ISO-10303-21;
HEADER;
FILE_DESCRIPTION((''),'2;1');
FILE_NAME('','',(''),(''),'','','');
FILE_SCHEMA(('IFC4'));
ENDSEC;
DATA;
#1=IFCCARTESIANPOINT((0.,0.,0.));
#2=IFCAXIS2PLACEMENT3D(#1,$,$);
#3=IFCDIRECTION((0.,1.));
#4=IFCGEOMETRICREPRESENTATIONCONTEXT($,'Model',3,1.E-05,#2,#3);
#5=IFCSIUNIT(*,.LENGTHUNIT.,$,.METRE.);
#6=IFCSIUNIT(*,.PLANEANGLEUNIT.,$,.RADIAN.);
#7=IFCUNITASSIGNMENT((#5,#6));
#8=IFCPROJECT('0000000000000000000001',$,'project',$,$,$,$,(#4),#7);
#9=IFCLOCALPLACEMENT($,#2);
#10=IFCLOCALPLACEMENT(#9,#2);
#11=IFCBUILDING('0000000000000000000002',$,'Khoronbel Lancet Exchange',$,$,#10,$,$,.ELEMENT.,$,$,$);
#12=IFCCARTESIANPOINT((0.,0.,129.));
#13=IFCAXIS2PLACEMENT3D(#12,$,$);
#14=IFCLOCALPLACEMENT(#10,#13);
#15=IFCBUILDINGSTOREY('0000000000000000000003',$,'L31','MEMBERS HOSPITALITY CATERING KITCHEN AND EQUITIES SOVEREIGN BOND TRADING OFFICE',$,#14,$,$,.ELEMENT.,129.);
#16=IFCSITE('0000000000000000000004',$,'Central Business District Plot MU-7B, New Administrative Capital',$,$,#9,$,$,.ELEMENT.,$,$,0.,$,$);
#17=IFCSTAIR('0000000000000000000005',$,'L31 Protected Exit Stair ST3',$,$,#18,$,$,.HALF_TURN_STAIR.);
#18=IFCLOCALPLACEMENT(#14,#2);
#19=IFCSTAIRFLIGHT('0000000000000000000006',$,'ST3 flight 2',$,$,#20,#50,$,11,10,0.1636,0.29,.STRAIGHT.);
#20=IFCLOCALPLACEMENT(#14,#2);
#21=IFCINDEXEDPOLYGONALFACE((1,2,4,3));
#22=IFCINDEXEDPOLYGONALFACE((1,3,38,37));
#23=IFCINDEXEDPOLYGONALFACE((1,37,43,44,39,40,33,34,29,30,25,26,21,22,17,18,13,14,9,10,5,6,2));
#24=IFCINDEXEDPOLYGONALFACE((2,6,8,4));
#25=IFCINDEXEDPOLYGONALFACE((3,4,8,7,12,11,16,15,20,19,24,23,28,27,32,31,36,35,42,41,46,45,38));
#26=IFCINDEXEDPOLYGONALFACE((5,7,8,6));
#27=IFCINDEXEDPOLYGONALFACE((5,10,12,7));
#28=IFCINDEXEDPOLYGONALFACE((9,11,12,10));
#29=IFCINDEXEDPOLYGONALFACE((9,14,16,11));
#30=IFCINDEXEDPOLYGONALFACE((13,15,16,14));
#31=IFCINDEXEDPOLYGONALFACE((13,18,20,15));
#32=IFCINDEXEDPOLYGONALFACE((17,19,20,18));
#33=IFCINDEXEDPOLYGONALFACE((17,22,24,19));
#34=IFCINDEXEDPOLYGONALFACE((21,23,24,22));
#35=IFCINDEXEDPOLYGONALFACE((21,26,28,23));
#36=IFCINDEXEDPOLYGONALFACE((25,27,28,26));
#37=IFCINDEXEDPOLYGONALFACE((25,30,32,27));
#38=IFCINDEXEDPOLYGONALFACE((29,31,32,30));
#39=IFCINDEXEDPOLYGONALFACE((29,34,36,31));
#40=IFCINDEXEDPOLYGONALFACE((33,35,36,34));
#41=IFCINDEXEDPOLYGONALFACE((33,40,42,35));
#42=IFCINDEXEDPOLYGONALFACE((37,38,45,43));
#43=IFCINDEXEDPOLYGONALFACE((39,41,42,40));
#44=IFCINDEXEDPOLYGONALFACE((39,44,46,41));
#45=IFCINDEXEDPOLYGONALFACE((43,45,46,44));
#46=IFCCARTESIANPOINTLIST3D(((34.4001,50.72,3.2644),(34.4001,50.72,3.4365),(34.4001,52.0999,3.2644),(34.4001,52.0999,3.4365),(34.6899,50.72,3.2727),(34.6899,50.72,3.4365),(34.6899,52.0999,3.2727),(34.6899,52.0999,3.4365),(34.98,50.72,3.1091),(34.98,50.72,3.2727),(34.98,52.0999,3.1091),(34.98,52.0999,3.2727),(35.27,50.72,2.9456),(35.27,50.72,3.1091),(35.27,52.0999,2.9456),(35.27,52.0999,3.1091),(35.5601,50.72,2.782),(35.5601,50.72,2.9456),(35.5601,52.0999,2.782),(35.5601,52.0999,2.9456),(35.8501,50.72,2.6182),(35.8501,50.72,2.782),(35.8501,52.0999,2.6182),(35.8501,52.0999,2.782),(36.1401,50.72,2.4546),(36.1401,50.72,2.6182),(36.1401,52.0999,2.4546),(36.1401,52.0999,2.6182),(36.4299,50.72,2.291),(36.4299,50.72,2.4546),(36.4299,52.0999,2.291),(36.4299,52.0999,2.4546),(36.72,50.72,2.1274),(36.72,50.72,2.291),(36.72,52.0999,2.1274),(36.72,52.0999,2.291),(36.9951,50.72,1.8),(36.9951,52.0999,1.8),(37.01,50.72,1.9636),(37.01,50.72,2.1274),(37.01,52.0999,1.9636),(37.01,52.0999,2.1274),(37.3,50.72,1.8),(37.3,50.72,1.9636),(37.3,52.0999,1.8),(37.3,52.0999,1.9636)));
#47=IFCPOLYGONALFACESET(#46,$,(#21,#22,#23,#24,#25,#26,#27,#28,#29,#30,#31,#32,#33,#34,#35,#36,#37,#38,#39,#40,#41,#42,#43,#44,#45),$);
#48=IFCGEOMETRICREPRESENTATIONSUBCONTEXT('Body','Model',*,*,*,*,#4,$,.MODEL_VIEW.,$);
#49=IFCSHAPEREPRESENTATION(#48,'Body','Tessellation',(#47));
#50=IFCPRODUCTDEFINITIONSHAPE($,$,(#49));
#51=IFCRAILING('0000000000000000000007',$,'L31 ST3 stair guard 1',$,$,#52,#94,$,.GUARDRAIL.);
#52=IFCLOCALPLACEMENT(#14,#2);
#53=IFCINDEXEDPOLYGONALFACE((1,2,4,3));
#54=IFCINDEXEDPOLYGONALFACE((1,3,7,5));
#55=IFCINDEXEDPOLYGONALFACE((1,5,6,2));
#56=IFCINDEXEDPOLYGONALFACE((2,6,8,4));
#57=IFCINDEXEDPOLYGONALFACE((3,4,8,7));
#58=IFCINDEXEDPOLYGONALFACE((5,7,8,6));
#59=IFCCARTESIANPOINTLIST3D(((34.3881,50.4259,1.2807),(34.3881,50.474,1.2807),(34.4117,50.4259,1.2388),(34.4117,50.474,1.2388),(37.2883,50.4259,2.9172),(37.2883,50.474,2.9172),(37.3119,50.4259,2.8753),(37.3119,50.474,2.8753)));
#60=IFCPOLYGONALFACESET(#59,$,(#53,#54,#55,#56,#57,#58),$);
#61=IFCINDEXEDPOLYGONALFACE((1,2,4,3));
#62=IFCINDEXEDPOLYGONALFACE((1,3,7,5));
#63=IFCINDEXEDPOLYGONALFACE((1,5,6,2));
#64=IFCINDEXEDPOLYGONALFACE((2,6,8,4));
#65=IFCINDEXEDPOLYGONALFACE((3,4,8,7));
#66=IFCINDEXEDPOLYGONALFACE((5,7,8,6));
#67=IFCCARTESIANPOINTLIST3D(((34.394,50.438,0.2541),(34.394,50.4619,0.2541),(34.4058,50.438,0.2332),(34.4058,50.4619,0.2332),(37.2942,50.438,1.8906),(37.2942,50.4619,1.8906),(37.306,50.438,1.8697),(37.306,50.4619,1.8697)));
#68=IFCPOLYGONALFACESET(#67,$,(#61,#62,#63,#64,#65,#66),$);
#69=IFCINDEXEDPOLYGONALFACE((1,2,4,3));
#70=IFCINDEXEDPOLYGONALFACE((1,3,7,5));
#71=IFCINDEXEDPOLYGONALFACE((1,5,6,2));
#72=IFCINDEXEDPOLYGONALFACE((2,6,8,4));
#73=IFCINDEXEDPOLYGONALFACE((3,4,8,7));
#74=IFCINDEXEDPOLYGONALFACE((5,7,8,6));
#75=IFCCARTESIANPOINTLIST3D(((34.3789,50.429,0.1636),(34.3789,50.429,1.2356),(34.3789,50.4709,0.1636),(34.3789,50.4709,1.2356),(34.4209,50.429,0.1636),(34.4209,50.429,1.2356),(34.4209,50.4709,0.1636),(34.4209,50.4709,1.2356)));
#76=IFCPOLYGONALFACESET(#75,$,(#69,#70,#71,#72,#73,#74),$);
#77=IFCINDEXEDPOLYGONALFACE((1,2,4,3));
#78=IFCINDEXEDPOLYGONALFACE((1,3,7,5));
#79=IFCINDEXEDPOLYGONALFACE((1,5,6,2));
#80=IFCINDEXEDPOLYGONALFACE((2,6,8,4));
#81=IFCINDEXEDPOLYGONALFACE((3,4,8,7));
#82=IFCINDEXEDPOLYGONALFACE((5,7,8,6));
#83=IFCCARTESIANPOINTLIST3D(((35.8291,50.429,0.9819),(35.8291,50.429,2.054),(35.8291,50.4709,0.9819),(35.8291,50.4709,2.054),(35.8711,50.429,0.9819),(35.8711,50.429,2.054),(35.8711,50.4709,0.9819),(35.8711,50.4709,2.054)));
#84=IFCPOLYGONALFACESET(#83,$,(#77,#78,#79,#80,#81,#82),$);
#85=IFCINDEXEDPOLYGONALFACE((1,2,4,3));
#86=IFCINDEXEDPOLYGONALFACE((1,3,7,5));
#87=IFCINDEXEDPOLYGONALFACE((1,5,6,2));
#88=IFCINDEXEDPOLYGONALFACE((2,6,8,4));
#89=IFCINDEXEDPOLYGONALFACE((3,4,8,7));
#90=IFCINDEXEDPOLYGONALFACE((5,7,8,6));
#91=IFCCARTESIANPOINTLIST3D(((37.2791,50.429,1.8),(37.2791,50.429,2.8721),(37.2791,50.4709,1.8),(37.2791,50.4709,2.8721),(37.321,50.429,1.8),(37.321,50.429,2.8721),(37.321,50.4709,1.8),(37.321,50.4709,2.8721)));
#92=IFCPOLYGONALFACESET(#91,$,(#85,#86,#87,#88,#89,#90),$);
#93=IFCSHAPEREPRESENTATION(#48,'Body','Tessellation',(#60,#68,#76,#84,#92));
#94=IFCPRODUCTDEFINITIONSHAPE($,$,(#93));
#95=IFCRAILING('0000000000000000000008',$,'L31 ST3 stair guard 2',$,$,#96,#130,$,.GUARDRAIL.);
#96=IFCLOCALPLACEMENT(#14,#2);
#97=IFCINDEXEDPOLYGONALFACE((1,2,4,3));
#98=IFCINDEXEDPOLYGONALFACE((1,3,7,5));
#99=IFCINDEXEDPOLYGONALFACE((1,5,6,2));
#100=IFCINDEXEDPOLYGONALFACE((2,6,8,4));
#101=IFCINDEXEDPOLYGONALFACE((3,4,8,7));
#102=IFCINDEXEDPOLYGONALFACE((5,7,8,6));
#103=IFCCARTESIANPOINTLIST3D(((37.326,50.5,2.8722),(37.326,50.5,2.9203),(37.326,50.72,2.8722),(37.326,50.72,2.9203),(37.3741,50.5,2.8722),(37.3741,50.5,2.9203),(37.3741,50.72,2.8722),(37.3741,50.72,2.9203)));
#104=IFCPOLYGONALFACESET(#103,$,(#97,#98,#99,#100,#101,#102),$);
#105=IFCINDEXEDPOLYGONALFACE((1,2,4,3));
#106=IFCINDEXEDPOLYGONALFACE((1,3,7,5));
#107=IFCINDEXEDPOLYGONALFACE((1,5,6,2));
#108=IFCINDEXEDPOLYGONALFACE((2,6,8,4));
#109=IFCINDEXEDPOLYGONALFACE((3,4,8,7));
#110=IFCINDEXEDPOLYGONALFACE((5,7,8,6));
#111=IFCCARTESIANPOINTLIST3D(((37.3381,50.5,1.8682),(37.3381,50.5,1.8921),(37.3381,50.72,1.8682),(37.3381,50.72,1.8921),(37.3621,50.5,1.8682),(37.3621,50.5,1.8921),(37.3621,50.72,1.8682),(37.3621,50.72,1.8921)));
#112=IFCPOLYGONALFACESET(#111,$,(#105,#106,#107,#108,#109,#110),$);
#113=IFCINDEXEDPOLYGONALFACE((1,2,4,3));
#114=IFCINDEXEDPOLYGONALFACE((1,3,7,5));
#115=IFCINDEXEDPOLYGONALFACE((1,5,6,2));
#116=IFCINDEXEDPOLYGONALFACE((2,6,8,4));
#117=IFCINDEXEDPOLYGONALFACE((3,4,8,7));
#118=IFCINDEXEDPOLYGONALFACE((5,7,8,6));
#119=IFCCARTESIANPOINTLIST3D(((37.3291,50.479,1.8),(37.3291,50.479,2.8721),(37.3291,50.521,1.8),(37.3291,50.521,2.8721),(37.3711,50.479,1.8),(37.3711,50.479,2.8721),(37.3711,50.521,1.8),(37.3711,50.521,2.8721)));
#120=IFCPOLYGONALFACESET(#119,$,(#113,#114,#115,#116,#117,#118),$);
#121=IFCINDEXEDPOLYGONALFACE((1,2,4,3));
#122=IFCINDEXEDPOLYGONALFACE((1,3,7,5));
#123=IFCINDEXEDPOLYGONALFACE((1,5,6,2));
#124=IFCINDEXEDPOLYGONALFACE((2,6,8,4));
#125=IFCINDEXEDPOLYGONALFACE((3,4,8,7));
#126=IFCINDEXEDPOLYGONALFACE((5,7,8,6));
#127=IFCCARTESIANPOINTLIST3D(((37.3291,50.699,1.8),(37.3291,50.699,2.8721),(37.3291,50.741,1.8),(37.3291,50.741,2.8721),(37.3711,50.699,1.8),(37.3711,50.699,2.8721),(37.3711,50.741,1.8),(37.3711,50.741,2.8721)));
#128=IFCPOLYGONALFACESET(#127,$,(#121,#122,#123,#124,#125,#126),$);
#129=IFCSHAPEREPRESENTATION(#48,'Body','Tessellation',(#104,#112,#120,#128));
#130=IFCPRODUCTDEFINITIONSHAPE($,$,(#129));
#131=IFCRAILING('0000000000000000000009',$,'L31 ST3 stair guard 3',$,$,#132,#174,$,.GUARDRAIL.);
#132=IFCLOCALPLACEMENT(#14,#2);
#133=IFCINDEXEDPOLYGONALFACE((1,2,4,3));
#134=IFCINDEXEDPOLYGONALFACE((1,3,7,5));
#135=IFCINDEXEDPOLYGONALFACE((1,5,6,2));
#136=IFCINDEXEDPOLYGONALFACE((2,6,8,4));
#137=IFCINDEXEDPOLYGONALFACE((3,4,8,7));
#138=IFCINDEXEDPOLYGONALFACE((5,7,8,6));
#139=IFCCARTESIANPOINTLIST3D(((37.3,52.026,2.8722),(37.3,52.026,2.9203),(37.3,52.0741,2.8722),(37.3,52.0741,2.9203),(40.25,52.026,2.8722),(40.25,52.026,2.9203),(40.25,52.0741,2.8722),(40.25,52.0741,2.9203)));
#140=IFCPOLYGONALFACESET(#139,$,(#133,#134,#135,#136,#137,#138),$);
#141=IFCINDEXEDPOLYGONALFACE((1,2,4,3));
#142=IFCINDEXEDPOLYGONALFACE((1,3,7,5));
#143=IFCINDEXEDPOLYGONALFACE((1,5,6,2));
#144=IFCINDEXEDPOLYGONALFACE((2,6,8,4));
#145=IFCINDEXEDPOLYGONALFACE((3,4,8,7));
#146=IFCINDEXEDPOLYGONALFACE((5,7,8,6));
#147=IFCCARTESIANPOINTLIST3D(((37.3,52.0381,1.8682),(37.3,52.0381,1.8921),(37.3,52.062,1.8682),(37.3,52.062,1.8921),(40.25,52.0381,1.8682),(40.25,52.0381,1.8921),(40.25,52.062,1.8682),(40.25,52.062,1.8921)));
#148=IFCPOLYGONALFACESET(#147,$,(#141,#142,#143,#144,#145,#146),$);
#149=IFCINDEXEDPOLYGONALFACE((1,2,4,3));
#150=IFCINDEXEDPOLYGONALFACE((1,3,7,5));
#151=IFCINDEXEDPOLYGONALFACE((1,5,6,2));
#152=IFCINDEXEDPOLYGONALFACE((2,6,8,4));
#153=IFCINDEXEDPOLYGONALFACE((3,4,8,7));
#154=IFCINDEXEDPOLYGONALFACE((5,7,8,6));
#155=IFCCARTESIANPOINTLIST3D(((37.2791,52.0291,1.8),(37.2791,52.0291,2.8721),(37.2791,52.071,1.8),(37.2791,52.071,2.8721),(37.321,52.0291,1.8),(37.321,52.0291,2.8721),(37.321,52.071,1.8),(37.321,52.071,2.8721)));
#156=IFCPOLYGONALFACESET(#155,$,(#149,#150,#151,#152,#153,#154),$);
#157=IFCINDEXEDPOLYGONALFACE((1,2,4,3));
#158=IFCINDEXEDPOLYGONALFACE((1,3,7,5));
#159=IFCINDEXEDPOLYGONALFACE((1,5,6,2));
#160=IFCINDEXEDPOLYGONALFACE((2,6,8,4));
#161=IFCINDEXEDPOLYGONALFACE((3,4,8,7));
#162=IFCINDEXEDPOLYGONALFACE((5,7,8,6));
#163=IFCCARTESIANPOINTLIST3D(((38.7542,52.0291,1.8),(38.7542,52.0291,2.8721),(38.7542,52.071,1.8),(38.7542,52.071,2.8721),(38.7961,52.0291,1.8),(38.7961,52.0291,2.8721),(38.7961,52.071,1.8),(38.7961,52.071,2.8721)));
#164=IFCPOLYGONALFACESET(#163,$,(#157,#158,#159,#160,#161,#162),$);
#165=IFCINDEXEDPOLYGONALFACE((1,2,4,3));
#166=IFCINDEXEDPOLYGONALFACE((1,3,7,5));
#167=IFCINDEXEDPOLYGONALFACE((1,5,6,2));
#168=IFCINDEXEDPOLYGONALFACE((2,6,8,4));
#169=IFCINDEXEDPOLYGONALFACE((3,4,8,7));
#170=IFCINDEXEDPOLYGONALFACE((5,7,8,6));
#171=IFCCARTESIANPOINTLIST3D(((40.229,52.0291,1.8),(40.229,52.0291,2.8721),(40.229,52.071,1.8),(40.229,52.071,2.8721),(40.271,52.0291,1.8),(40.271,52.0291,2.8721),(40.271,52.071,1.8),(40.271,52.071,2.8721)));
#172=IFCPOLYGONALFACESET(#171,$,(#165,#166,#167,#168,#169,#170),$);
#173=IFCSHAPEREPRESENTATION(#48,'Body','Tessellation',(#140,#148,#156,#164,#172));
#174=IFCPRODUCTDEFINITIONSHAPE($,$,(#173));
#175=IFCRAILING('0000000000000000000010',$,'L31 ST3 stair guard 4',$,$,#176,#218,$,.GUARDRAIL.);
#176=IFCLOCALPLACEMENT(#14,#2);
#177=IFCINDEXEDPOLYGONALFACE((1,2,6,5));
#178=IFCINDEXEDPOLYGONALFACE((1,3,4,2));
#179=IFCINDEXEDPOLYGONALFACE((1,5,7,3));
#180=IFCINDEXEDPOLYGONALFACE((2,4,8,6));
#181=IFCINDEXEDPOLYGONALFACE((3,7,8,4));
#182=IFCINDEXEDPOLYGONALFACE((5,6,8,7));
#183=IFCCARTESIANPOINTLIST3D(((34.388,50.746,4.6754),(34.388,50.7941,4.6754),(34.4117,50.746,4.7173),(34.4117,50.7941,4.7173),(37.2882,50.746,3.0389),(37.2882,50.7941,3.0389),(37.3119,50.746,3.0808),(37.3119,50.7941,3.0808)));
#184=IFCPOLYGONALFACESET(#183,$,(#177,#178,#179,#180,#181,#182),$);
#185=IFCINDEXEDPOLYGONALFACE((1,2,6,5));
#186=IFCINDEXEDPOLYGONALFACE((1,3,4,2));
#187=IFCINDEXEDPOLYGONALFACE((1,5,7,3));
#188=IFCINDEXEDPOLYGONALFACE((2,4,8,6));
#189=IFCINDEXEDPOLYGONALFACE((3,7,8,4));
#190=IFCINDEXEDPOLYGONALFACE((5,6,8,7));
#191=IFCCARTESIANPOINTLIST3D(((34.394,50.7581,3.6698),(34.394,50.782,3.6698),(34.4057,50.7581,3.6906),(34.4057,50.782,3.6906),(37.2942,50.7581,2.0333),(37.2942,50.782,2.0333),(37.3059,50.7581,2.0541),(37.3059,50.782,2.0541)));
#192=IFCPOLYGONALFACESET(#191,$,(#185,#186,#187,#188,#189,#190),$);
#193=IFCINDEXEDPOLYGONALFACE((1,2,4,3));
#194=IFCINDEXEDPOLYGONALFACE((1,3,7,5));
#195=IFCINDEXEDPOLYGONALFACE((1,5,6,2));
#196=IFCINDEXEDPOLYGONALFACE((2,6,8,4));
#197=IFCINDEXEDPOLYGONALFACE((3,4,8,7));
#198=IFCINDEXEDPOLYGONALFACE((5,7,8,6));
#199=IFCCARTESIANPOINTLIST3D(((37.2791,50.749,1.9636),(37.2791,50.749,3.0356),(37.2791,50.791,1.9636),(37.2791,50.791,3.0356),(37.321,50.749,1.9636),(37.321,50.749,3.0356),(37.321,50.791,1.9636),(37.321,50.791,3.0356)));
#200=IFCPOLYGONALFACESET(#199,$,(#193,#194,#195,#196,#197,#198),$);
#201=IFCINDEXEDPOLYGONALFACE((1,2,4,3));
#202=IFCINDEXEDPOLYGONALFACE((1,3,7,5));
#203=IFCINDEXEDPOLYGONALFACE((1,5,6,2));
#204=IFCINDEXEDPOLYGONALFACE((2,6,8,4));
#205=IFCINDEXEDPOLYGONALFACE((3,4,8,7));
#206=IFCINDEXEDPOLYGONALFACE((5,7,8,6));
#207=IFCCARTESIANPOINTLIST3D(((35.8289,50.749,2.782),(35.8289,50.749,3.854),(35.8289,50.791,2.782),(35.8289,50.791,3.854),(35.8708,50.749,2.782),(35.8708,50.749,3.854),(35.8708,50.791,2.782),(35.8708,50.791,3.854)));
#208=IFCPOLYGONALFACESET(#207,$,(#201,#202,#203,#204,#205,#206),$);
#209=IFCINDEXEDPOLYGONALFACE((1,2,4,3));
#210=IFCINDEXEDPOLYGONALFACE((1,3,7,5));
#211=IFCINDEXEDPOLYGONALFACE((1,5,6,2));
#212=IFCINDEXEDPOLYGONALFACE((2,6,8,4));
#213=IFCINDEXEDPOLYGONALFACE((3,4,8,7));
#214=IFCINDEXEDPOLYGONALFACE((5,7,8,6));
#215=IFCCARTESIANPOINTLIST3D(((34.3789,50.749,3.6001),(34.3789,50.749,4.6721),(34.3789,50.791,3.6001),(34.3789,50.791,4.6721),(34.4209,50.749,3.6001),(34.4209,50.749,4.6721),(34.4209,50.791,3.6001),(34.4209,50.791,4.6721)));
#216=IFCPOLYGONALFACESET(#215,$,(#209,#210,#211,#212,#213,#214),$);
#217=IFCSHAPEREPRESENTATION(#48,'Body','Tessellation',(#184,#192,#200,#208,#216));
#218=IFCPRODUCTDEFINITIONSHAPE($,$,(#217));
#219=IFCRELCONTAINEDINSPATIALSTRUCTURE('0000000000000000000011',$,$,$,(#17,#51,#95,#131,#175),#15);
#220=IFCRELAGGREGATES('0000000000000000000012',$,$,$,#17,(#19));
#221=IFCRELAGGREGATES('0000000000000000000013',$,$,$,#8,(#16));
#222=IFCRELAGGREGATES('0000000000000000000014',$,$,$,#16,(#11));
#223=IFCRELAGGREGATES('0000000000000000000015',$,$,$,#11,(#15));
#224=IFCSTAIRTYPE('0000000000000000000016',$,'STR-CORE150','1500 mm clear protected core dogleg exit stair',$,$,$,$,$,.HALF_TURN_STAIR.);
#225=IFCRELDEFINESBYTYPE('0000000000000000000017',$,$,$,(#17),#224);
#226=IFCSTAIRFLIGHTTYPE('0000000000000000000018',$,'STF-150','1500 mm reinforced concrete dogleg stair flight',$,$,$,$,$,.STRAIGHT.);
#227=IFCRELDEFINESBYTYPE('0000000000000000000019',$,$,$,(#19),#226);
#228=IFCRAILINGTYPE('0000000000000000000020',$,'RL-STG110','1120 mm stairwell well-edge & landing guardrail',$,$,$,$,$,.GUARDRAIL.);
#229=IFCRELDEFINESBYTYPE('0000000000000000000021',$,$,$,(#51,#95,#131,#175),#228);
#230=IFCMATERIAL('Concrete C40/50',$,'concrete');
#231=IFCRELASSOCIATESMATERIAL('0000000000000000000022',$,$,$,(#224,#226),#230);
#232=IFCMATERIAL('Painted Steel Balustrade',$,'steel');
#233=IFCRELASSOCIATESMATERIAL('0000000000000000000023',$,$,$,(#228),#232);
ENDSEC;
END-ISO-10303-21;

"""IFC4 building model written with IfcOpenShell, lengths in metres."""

from ifc_helpers import new_model, si_unit, direction, frame, origin, origin_2d, place, context, subcontext, project, spatial, polyline, rectangle, outline, extrude, material, type_object, element, aggregate, save


model = new_model("IFC4")

# Units and contexts
model_context = context("Model", 3, precision=1e-05, world=origin(), true_north=direction((0.0, 1.0)))
body_context = subcontext(model_context, "Body", "Model", "MODEL_VIEW")
ifc_project = project(units=[si_unit("LENGTHUNIT", "METRE"), si_unit("PLANEANGLEUNIT", "RADIAN")], contexts=[model_context])

# Site, building, storey
site_placement = place(None, origin())
site = spatial("IfcSite", under=ifc_project, at=site_placement, Name="Central Business District Plot MU-7B, New Administrative Capital", CompositionType="ELEMENT", RefElevation=0.0)
building_placement = place(site_placement, origin())
building = spatial("IfcBuilding", under=site, at=building_placement, Name="Khoronbel Lancet Exchange", CompositionType="ELEMENT")
storey_placement = place(building_placement, frame((0.0, 0.0, 129.0)))
storey = spatial("IfcBuildingStorey", under=building, at=storey_placement, Name="L31", Description="MEMBERS HOSPITALITY CATERING KITCHEN AND EQUITIES SOVEREIGN BOND TRADING OFFICE", CompositionType="ELEMENT", Elevation=129.0)

# Stair, stair flight
ifc_material_1 = material(Name="Concrete C40/50", Category="concrete")
stair_type = type_object("IfcStairType", Name="STR-CORE150", Description="1500 mm clear protected core dogleg exit stair", PredefinedType="HALF_TURN_STAIR", material=ifc_material_1)
stair_placement = place(storey_placement, origin())
stair = element("IfcStair", 1, at=stair_placement, inside=storey, type_object=stair_type, Name="L31 Protected Exit Stair ST3", PredefinedType="HALF_TURN_STAIR")
stair_flight_type = type_object("IfcStairFlightType", Name="STF-150", Description="1500 mm reinforced concrete dogleg stair flight", PredefinedType="STRAIGHT", material=ifc_material_1)
stair_flight_1_placement = place(storey_placement, frame((37.3, 51.4099, 1.8), z_axis=(0.0, 0.0, 1.0), x_axis=(-1.0, 0.0, 0.0)))
stair_flight_1 = element("IfcStairFlight", 2, at=stair_flight_1_placement, type_object=stair_flight_type, Name="ST3 flight 2", NumberOfRisers=11, NumberOfTreads=10, PredefinedType="STRAIGHT", RiserHeight=0.1636, TreadLength=0.29, context=body_context, shape_type="SweptSolid", body=[
    extrude(outline(polyline([(0.0, 0.0), (0.0, 0.1636), (0.29, 0.1636), (0.29, 0.3274), (0.5801, 0.3274), (0.5801, 0.491), (0.8701, 0.491), (0.8701, 0.6545), (1.1599, 0.6545), (1.1599, 0.8181), (1.45, 0.8181), (1.45, 0.9819), (1.74, 0.9819), (1.74, 1.1455), (2.03, 1.1455), (2.03, 1.3091), (2.3201, 1.3091), (2.3201, 1.4727), (2.6101, 1.4727), (2.6101, 1.6365), (2.8999, 1.6365), (2.8999, 1.8), (2.8999, 1.4644), (0.3049, 0.0), (0.0, 0.0)])), frame((0.0, 0.6899, 0.0), z_axis=(0.0, -1.0, 0.0), x_axis=(1.0, 0.0, 0.0)), (0.0, 0.0, 1.0), 1.3799),
])
aggregate(stair, [stair_flight_1])

# Railings
ifc_material_2 = material(Name="Painted Steel Balustrade", Category="steel")
railing_type_1 = type_object("IfcRailingType", Name="RL-STG110", Description="1120 mm stairwell well-edge & landing guardrail", PredefinedType="GUARDRAIL", material=ifc_material_2)
railing_1_placement = place(storey_placement, frame((34.3999, 50.45, 0.1636)))
element("IfcRailing", 3, at=railing_1_placement, inside=storey, type_object=railing_type_1, Name="L31 ST3 stair guard 1", PredefinedType="GUARDRAIL", context=body_context, shape_type="SweptSolid", body=[
    extrude(rectangle(XDim=0.0481, YDim=0.0481, at=origin_2d()), frame((0.0, 0.0, 1.0962), z_axis=(0.870915, 0.0, 0.491434), x_axis=(0.0, 1.0, 0.0)), (0.0, 0.0, 1.0), 3.3301),
    extrude(rectangle(XDim=0.0239, YDim=0.0239, at=origin_2d()), frame((0.0, 0.0, 0.0801), z_axis=(0.870915, 0.0, 0.491434), x_axis=(0.0, 1.0, 0.0)), (0.0, 0.0, 1.0), 3.3301),
    extrude(rectangle(XDim=0.042, YDim=0.042, at=origin_2d()), origin(), (0.0, 0.0, 1.0), 1.072),
    extrude(rectangle(XDim=0.042, YDim=0.042, at=origin_2d()), frame((1.4502, 0.0, 0.8184)), (0.0, 0.0, 1.0), 1.072),
    extrude(rectangle(XDim=0.042, YDim=0.042, at=origin_2d()), frame((2.9001, 0.0, 1.6365)), (0.0, 0.0, 1.0), 1.072),
])
railing_2_placement = place(storey_placement, frame((37.3501, 50.5, 1.8)))
element("IfcRailing", 4, at=railing_2_placement, inside=storey, type_object=railing_type_1, Name="L31 ST3 stair guard 2", PredefinedType="GUARDRAIL", context=body_context, shape_type="SweptSolid", body=[
    extrude(rectangle(XDim=0.0481, YDim=0.0481, at=origin_2d()), frame((0.0, 0.0, 1.0962), z_axis=(0.0, 1.0, 0.0), x_axis=(-1.0, 0.0, 0.0)), (0.0, 0.0, 1.0), 0.22),
    extrude(rectangle(XDim=0.0239, YDim=0.0239, at=origin_2d()), frame((0.0, 0.0, 0.0801), z_axis=(0.0, 1.0, 0.0), x_axis=(-1.0, 0.0, 0.0)), (0.0, 0.0, 1.0), 0.22),
    extrude(rectangle(XDim=0.042, YDim=0.042, at=origin_2d()), origin(), (0.0, 0.0, 1.0), 1.072),
    extrude(rectangle(XDim=0.042, YDim=0.042, at=origin_2d()), frame((0.0, 0.22, 0.0)), (0.0, 0.0, 1.0), 1.072),
])
railing_3_placement = place(storey_placement, frame((37.3, 52.05, 1.8)))
element("IfcRailing", 5, at=railing_3_placement, inside=storey, type_object=railing_type_1, Name="L31 ST3 stair guard 3", PredefinedType="GUARDRAIL", context=body_context, shape_type="SweptSolid", body=[
    extrude(rectangle(XDim=0.0481, YDim=0.0481, at=origin_2d()), frame((0.0, 0.0, 1.0962), z_axis=(1.0, 0.0, 0.0), x_axis=(0.0, 1.0, 0.0)), (0.0, 0.0, 1.0), 2.95),
    extrude(rectangle(XDim=0.0239, YDim=0.0239, at=origin_2d()), frame((0.0, 0.0, 0.0801), z_axis=(1.0, 0.0, 0.0), x_axis=(0.0, 1.0, 0.0)), (0.0, 0.0, 1.0), 2.95),
    extrude(rectangle(XDim=0.042, YDim=0.042, at=origin_2d()), origin(), (0.0, 0.0, 1.0), 1.072),
    extrude(rectangle(XDim=0.042, YDim=0.042, at=origin_2d()), frame((1.4751, 0.0, 0.0)), (0.0, 0.0, 1.0), 1.072),
    extrude(rectangle(XDim=0.042, YDim=0.042, at=origin_2d()), frame((2.95, 0.0, 0.0)), (0.0, 0.0, 1.0), 1.072),
])
railing_4_placement = place(storey_placement, frame((37.3, 50.77, 1.9636)))
element("IfcRailing", 6, at=railing_4_placement, inside=storey, type_object=railing_type_1, Name="L31 ST3 stair guard 4", PredefinedType="GUARDRAIL", context=body_context, shape_type="SweptSolid", body=[
    extrude(rectangle(XDim=0.0481, YDim=0.0481, at=origin_2d()), frame((0.0, 0.0, 1.0962), z_axis=(-0.870915, 0.0, 0.491434), x_axis=(0.0, -1.0, 0.0)), (0.0, 0.0, 1.0), 3.3301),
    extrude(rectangle(XDim=0.0239, YDim=0.0239, at=origin_2d()), frame((0.0, 0.0, 0.0801), z_axis=(-0.870915, 0.0, 0.491434), x_axis=(0.0, -1.0, 0.0)), (0.0, 0.0, 1.0), 3.3301),
    extrude(rectangle(XDim=0.042, YDim=0.042, at=origin_2d()), origin(), (0.0, 0.0, 1.0), 1.072),
    extrude(rectangle(XDim=0.042, YDim=0.042, at=origin_2d()), frame((-1.4502, 0.0, 0.8184)), (0.0, 0.0, 1.0), 1.072),
    extrude(rectangle(XDim=0.042, YDim=0.042, at=origin_2d()), frame((-2.9001, 0.0, 1.6365)), (0.0, 0.0, 1.0), 1.072),
])

save(model, "model.ifc")
